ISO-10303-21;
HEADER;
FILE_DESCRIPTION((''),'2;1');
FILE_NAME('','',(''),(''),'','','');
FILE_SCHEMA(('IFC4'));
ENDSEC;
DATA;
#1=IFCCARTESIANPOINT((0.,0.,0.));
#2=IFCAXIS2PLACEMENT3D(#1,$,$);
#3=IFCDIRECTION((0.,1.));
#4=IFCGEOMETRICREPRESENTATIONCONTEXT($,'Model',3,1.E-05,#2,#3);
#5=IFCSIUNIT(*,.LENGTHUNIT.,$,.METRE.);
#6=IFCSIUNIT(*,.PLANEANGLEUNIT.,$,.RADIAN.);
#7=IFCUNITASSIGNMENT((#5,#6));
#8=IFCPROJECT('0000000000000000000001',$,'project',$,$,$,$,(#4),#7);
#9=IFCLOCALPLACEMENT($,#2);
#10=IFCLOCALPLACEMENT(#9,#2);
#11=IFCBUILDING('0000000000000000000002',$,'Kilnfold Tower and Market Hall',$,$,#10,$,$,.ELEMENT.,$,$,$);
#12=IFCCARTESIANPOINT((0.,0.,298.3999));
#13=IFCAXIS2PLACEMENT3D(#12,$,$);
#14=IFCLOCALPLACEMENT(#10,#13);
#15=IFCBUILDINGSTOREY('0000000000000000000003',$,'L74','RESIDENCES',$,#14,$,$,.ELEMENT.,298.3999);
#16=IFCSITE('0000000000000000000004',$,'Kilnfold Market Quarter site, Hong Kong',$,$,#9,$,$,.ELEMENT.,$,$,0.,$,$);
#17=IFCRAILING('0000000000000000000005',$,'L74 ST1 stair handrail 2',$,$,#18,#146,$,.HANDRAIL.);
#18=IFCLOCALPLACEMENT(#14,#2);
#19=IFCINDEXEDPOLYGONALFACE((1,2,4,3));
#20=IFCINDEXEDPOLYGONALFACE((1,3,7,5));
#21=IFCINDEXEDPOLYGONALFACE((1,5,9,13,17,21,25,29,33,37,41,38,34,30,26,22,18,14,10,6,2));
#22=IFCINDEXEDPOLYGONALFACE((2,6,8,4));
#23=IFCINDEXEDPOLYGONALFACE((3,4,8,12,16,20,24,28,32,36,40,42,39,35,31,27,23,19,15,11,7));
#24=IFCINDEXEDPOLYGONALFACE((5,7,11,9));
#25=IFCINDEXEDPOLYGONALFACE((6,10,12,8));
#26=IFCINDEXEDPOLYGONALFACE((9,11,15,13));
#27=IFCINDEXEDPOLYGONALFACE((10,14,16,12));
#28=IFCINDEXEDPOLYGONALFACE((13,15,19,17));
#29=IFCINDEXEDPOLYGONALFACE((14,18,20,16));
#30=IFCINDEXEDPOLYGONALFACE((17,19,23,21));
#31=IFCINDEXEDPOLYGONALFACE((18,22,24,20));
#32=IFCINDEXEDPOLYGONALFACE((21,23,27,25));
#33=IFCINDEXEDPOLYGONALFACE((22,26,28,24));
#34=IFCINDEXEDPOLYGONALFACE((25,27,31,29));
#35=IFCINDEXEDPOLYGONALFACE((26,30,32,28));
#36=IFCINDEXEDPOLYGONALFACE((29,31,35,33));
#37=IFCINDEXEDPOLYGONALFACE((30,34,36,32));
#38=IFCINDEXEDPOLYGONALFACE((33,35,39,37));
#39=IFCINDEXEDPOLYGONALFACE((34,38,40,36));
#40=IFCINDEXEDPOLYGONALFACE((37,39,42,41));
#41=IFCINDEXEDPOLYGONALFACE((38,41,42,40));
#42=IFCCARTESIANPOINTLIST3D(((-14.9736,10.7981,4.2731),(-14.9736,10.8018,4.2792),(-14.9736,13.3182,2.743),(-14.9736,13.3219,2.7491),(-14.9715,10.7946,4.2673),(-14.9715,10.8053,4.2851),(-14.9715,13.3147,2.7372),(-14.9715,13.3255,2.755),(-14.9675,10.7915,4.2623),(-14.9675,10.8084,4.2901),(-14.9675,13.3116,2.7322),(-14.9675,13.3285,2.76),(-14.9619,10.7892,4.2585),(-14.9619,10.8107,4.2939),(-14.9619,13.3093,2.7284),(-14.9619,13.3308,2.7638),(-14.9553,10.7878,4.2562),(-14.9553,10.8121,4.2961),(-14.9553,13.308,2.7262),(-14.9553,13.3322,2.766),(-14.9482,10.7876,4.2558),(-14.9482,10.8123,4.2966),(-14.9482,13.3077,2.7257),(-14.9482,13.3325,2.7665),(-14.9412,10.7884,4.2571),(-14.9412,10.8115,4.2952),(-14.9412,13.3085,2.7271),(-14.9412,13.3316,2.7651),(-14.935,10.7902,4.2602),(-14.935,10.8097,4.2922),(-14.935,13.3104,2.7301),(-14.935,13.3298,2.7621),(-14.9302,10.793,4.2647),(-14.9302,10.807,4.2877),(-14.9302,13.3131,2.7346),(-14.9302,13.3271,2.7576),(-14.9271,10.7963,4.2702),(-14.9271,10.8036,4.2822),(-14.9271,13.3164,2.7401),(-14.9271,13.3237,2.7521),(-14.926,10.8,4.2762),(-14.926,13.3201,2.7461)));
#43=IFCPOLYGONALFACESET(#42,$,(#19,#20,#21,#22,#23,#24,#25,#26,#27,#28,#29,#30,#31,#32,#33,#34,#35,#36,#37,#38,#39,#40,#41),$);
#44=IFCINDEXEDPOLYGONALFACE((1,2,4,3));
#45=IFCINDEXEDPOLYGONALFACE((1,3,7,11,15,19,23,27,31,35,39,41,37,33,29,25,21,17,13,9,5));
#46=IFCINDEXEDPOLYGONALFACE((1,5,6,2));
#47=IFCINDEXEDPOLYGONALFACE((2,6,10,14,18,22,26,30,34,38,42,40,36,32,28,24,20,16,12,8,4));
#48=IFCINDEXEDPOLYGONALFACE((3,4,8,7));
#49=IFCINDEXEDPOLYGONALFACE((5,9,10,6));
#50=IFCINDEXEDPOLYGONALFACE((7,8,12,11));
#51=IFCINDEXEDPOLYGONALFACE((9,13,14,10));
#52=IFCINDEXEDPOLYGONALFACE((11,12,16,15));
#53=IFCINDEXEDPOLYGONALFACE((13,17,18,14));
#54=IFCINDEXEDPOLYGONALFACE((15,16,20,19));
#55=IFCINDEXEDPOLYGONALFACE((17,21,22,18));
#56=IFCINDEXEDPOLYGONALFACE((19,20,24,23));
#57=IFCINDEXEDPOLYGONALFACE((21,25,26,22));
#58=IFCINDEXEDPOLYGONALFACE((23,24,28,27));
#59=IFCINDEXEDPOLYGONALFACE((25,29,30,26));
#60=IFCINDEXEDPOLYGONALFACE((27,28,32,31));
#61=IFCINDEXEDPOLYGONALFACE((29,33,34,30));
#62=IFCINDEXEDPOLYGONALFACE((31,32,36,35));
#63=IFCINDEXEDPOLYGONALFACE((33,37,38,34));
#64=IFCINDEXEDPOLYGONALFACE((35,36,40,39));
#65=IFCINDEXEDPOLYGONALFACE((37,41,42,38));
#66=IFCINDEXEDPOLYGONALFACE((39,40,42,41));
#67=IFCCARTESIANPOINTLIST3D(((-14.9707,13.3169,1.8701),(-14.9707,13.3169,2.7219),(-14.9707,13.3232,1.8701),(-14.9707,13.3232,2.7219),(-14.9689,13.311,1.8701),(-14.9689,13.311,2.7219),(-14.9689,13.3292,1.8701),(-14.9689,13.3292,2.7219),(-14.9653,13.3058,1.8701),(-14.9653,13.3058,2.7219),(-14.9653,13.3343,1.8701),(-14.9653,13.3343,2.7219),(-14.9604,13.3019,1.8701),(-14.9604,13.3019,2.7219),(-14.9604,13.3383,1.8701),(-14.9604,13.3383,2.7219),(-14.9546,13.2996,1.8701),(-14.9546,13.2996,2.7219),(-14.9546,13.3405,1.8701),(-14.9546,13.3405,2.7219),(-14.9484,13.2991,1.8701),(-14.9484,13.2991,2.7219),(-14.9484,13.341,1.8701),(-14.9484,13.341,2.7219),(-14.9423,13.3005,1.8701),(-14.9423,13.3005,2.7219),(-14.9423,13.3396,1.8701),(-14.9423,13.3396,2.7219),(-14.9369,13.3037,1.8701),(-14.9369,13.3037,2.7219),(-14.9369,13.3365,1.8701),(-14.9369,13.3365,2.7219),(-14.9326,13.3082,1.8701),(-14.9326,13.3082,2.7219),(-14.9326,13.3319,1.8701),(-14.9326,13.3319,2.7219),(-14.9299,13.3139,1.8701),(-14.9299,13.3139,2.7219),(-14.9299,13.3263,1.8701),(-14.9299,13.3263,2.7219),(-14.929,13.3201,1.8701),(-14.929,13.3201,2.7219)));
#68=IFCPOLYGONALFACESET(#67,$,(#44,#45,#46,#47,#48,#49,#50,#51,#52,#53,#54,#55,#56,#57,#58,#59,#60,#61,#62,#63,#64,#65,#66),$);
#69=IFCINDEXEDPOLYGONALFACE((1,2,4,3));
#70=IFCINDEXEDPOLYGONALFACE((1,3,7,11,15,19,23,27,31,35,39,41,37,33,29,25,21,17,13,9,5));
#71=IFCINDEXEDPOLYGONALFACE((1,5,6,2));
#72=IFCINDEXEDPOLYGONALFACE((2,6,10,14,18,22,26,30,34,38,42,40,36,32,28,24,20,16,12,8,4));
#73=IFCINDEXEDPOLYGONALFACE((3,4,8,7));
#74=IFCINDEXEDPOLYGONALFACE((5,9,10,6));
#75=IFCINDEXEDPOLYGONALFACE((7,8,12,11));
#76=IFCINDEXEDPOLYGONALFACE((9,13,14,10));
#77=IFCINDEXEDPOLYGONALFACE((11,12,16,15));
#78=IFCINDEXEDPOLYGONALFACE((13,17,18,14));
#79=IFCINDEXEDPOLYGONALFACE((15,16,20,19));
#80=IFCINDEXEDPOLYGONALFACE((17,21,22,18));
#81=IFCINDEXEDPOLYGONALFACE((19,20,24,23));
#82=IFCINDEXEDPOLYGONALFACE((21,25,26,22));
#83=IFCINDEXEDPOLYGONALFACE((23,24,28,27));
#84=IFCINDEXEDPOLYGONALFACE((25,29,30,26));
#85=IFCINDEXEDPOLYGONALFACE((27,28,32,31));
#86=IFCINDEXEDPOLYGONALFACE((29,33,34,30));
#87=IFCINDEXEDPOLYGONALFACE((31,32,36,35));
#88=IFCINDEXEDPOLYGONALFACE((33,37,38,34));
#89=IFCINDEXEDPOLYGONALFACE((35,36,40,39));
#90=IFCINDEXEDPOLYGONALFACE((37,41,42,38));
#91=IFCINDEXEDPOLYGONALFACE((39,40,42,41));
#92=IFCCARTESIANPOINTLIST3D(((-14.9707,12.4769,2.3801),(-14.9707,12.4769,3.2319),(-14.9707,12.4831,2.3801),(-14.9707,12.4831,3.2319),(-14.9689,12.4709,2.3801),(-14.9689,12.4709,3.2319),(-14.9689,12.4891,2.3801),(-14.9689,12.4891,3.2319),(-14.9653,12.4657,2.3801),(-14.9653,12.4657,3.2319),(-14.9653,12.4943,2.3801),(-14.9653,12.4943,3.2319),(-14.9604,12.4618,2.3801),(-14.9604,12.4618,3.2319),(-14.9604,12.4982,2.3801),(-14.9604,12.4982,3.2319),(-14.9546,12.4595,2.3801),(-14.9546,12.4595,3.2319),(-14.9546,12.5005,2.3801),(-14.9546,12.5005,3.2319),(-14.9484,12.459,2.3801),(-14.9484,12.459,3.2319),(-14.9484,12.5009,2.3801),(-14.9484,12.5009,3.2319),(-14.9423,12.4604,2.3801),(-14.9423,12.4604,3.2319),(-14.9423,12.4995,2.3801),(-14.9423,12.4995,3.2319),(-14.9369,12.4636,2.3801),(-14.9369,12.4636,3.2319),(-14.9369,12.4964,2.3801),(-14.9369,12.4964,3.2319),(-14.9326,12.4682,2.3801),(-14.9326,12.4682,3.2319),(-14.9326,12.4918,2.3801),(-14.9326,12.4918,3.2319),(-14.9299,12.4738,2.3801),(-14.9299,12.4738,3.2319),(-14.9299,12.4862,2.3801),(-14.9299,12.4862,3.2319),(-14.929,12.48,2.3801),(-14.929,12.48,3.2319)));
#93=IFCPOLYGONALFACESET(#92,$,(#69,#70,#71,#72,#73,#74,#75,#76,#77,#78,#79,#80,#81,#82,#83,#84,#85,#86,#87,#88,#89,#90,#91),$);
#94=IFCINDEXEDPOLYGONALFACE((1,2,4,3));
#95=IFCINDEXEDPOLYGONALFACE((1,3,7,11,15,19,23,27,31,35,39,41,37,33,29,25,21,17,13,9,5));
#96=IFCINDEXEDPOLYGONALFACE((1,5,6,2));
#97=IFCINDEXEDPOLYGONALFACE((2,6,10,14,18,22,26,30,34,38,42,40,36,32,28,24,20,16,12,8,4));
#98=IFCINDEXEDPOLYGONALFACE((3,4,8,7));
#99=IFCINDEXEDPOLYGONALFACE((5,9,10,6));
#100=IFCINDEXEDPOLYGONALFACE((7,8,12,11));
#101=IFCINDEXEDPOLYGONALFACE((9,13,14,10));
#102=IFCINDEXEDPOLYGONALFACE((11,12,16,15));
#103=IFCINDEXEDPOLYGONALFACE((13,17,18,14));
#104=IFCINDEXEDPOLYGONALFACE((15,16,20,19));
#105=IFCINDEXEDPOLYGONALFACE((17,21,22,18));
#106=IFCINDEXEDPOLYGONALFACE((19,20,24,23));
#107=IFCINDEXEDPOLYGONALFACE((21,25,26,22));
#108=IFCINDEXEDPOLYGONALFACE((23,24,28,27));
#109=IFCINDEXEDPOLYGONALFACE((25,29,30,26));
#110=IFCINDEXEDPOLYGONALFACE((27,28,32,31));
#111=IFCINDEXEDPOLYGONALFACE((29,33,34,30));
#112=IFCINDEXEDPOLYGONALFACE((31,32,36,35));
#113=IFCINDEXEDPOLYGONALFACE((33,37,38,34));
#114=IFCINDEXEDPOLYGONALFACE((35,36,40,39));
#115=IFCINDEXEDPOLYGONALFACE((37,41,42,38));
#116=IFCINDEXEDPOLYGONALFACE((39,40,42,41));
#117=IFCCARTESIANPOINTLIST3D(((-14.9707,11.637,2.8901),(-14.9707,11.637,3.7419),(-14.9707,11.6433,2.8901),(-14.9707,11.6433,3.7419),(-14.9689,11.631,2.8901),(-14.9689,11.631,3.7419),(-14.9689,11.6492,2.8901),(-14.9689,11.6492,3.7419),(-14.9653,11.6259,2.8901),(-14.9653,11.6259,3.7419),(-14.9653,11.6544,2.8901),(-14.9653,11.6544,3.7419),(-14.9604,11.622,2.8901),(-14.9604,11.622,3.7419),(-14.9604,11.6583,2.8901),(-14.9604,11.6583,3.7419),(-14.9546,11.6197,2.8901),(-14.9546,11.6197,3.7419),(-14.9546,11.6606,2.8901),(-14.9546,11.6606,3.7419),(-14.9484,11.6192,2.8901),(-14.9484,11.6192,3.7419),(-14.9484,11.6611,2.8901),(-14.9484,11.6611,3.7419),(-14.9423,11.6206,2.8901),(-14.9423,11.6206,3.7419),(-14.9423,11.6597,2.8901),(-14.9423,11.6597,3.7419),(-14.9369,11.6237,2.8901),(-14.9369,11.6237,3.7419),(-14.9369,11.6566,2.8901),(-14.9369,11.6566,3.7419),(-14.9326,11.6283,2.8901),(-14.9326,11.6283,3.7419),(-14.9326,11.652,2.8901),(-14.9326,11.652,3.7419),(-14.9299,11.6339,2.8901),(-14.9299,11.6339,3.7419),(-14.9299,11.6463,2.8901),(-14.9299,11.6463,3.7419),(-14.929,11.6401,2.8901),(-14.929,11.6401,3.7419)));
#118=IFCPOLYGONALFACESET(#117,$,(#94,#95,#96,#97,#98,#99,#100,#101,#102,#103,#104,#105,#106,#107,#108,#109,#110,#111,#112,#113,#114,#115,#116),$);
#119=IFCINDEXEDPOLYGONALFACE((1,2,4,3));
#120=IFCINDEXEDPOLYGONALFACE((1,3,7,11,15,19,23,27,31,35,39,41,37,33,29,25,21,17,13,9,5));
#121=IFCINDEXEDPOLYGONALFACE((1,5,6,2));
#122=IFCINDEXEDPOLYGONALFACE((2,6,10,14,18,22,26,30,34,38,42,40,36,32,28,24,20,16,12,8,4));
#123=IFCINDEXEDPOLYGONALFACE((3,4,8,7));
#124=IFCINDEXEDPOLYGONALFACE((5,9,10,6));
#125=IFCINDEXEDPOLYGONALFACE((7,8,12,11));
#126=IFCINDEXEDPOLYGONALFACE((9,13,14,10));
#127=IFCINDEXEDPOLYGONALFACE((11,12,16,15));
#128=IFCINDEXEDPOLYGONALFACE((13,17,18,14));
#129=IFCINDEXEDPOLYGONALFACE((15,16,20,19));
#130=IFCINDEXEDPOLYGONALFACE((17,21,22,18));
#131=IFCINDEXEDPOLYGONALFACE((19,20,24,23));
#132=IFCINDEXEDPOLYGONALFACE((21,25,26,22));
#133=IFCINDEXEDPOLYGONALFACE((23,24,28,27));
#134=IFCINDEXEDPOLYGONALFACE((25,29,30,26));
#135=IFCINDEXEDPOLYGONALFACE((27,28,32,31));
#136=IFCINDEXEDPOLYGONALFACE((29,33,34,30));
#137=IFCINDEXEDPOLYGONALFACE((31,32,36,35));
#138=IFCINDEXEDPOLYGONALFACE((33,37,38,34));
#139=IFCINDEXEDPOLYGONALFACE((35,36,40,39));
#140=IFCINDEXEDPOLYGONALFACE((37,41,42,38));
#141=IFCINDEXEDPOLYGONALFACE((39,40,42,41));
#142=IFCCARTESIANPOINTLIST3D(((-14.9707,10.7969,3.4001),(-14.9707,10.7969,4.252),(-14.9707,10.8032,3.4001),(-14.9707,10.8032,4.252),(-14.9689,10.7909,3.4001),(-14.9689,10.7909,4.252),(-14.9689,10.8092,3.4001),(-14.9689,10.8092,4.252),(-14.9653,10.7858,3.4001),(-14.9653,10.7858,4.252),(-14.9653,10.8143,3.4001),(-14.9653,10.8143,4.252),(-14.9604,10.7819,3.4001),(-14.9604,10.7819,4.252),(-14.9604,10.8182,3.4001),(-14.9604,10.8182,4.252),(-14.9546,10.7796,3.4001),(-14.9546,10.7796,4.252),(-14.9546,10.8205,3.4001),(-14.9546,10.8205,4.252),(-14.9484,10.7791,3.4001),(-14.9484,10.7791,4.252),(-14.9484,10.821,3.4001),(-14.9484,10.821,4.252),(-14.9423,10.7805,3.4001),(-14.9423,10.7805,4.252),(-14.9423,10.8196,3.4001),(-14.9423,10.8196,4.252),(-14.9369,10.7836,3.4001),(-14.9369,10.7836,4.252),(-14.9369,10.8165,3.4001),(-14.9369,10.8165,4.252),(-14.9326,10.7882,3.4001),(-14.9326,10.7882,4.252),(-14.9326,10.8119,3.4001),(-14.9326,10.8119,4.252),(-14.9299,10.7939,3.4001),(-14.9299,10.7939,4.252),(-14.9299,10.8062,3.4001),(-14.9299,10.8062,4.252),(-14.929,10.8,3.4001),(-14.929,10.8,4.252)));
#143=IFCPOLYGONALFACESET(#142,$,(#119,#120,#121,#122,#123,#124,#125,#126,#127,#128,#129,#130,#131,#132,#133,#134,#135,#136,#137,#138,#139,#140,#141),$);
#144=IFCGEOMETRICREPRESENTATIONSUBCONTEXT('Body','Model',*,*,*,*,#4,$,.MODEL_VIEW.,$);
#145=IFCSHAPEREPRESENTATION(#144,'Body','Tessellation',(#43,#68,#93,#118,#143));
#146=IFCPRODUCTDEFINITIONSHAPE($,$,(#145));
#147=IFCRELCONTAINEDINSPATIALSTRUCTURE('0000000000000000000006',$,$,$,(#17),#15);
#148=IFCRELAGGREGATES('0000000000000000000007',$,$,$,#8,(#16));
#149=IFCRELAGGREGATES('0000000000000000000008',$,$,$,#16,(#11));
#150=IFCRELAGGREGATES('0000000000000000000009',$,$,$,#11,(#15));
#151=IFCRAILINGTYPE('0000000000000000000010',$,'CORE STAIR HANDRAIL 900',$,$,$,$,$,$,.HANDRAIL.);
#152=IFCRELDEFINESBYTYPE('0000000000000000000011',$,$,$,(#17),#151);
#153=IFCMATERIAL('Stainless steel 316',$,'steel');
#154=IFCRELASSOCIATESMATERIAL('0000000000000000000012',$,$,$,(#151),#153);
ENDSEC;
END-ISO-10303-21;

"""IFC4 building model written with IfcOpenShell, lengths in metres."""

from ifc_helpers import new_model, si_unit, direction, frame, origin, origin_2d, place, context, subcontext, project, spatial, circle, extrude, material, type_object, element, save


model = new_model("IFC4")

# Units and contexts
model_context = context("Model", 3, precision=1e-05, world=origin(), true_north=direction((0.0, 1.0)))
body_context = subcontext(model_context, "Body", "Model", "MODEL_VIEW")
ifc_project = project(units=[si_unit("LENGTHUNIT", "METRE"), si_unit("PLANEANGLEUNIT", "RADIAN")], contexts=[model_context])

# Site, building, storey
site_placement = place(None, origin())
site = spatial("IfcSite", under=ifc_project, at=site_placement, Name="Kilnfold Market Quarter site, Hong Kong", CompositionType="ELEMENT", RefElevation=0.0)
building_placement = place(site_placement, origin())
building = spatial("IfcBuilding", under=site, at=building_placement, Name="Kilnfold Tower and Market Hall", CompositionType="ELEMENT")
storey_placement = place(building_placement, frame((0.0, 0.0, 298.3999)))
storey = spatial("IfcBuildingStorey", under=building, at=storey_placement, Name="L74", Description="RESIDENCES", CompositionType="ELEMENT", Elevation=298.3999)

# Railing
ifc_material_1 = material(Name="Stainless steel 316", Category="steel")
railing_type_1 = type_object("IfcRailingType", Name="CORE STAIR HANDRAIL 900", PredefinedType="HANDRAIL", material=ifc_material_1)
railing_1_placement = place(storey_placement, frame((-14.95, 13.3201, 1.8701)))
element("IfcRailing", 1, at=railing_1_placement, inside=storey, type_object=railing_type_1, Name="L74 ST1 stair handrail 2", PredefinedType="HANDRAIL", context=body_context, shape_type="SweptSolid", body=[
    extrude(circle(Radius=0.0239, at=origin_2d()), frame((0.0, 0.0, 0.876), z_axis=(0.0, -0.854785, 0.518982), x_axis=(1.0, 0.0, 0.0)), (0.0, 0.0, 1.0), 2.9482),
    extrude(circle(Radius=0.021, at=origin_2d()), origin(), (0.0, 0.0, 1.0), 0.8518),
    extrude(circle(Radius=0.021, at=origin_2d()), frame((0.0, -0.8401, 0.51)), (0.0, 0.0, 1.0), 0.8518),
    extrude(circle(Radius=0.021, at=origin_2d()), frame((0.0, -1.6799, 1.02)), (0.0, 0.0, 1.0), 0.8518),
    extrude(circle(Radius=0.021, at=origin_2d()), frame((0.0, -2.52, 1.53)), (0.0, 0.0, 1.0), 0.8518),
])

save(model, "model.ifc")
